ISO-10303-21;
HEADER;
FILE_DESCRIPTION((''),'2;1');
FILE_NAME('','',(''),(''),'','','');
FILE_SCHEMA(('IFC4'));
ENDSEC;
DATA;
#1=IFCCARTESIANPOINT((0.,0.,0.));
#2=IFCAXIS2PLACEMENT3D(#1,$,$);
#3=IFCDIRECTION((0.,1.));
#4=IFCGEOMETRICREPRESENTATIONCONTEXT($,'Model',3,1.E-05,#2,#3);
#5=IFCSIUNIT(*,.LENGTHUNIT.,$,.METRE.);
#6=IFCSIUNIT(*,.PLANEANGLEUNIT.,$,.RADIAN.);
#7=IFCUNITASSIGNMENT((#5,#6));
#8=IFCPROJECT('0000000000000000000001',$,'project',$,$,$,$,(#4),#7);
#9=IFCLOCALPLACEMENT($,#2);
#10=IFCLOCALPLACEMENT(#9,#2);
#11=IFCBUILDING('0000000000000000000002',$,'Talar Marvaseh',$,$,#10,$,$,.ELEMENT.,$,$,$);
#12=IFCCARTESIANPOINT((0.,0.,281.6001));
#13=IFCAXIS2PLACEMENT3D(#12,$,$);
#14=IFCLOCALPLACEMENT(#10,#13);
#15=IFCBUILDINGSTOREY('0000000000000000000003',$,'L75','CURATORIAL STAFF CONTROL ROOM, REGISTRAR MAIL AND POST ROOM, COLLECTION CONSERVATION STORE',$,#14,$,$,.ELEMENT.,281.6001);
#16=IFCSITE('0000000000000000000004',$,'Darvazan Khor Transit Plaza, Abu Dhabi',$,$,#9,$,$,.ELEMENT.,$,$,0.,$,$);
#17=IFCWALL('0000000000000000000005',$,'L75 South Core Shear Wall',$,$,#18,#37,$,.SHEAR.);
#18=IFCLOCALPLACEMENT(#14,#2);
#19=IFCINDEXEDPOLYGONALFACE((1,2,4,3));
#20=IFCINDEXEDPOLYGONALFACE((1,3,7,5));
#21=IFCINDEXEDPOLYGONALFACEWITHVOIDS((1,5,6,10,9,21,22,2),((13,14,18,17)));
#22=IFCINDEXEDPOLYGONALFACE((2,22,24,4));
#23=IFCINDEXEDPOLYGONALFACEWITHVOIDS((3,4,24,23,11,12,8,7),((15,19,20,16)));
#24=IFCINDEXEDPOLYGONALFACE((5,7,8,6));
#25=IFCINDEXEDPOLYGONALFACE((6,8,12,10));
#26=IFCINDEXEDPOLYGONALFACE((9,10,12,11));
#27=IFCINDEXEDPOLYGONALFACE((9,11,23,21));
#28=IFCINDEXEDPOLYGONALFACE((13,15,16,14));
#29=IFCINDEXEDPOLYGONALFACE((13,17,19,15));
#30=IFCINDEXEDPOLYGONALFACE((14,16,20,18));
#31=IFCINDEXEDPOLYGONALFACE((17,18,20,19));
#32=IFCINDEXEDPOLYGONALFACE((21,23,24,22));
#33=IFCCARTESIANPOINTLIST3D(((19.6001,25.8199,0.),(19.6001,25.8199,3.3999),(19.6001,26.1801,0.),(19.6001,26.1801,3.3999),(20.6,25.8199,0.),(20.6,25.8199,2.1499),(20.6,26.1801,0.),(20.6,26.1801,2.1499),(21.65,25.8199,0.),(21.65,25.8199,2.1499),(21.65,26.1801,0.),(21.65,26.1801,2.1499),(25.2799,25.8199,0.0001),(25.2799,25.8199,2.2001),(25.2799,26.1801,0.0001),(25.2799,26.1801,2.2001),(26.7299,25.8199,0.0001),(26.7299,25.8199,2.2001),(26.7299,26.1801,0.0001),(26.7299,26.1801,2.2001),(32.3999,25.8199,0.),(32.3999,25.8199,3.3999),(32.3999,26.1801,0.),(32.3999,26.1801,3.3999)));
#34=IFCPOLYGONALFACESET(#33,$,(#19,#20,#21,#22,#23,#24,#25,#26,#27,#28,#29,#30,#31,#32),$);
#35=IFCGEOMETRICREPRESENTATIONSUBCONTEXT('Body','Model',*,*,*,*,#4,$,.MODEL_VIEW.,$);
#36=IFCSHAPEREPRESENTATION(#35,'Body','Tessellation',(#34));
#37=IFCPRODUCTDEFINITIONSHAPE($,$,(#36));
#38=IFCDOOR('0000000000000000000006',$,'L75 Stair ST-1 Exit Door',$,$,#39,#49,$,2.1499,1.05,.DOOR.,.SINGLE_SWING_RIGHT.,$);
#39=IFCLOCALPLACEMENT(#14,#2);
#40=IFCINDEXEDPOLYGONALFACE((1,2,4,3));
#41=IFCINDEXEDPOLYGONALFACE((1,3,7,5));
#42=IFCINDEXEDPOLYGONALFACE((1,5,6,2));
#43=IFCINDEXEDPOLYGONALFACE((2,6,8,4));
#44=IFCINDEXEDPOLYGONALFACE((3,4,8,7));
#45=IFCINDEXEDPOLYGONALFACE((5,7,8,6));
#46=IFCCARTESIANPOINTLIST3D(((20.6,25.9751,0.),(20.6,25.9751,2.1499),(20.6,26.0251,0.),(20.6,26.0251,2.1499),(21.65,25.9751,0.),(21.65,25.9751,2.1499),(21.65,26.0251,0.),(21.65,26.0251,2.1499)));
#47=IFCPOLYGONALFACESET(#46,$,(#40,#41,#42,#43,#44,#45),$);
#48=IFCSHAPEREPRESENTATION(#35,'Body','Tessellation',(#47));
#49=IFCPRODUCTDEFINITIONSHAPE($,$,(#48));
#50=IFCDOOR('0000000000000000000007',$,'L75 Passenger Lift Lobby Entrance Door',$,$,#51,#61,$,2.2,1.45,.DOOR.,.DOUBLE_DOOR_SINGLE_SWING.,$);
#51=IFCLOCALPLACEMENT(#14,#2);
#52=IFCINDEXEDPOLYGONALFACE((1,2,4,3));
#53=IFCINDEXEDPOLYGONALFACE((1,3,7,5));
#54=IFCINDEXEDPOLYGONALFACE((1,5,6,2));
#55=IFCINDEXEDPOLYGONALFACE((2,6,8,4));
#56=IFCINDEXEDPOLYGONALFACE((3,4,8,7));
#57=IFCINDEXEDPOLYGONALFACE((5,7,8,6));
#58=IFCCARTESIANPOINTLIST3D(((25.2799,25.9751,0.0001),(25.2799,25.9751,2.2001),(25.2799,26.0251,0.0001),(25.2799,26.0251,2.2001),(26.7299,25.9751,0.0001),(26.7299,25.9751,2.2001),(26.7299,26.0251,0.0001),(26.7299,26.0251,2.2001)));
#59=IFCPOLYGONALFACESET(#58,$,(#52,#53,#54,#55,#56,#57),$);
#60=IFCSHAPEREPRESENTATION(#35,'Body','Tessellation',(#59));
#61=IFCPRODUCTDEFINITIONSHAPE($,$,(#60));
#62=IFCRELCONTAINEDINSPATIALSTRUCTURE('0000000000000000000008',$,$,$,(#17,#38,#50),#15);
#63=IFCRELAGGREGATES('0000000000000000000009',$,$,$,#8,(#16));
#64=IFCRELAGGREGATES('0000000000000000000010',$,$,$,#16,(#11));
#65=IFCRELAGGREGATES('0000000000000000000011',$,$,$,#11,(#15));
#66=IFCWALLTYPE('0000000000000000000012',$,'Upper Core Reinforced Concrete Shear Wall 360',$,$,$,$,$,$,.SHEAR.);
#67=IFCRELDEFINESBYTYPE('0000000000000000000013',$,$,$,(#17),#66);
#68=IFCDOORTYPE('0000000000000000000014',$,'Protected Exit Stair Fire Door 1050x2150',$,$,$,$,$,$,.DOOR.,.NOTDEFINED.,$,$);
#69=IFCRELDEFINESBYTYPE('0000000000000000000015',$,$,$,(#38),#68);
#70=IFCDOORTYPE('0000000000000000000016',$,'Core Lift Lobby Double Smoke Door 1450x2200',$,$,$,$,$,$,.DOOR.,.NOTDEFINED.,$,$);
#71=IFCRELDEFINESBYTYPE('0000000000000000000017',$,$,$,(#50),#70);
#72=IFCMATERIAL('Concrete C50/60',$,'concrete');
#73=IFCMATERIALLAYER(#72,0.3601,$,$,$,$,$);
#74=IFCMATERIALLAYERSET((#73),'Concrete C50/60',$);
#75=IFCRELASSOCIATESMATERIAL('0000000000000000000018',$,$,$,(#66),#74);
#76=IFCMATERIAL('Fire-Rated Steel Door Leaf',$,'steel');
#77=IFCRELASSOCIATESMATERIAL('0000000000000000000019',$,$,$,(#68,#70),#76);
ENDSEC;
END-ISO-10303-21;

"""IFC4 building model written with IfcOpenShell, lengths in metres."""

from ifc_helpers import new_model, si_unit, direction, frame, frame_2d, origin, place, context, subcontext, project, spatial, rectangle, extrude, source, transform, mapped, material, layer, layer_set, type_object, type_shapes, element, fill, save


model = new_model("IFC4")

# Units and contexts
model_context = context("Model", 3, precision=1e-05, world=origin(), true_north=direction((0.0, 1.0)))
body_context = subcontext(model_context, "Body", "Model", "MODEL_VIEW")
ifc_project = project(units=[si_unit("LENGTHUNIT", "METRE"), si_unit("PLANEANGLEUNIT", "RADIAN")], contexts=[model_context])

# Site, building, storey
site_placement = place(None, origin())
site = spatial("IfcSite", under=ifc_project, at=site_placement, Name="Darvazan Khor Transit Plaza, Abu Dhabi", CompositionType="ELEMENT", RefElevation=0.0)
building_placement = place(site_placement, origin())
building = spatial("IfcBuilding", under=site, at=building_placement, Name="Talar Marvaseh", CompositionType="ELEMENT")
storey_placement = place(building_placement, frame((0.0, 0.0, 281.6001)))
storey = spatial("IfcBuildingStorey", under=building, at=storey_placement, Name="L75", Description="CURATORIAL STAFF CONTROL ROOM, REGISTRAR MAIL AND POST ROOM, COLLECTION CONSERVATION STORE", CompositionType="ELEMENT", Elevation=281.6001)

# Shared definitions
ifc_material_1 = material(Name="Concrete C50/60", Category="concrete")

# Wall, openings, doors
ifc_layer_1 = layer(ifc_material_1, 0.3601)
ifc_layer_set_1 = layer_set([ifc_layer_1], Name="Concrete C50/60")
wall_type_1 = type_object("IfcWallType", Name="Upper Core Reinforced Concrete Shear Wall 360", PredefinedType="SHEAR", material=ifc_layer_set_1)
wall_1_placement = place(storey_placement, frame((32.3999, 26.0, 0.0), z_axis=(0.0, 0.0, 1.0), x_axis=(-1.0, 0.0, 0.0)))
wall_1 = element("IfcWall", 1, at=wall_1_placement, inside=storey, type_object=wall_type_1, Name="L75 South Core Shear Wall", PredefinedType="SHEAR", context=body_context, shape_type="SweptSolid", body=[
    extrude(rectangle(XDim=12.7998, YDim=0.3601, at=frame_2d((6.3999, 0.0))), origin(), (0.0, 0.0, 1.0), 3.3999),
])
opening_1_placement = place(wall_1_placement, frame((10.75, 0.0, 0.0)))
opening_1 = element("IfcOpeningElement", 2, at=opening_1_placement, cuts=wall_1, PredefinedType="OPENING", context=body_context, shape_type="SweptSolid", body=[
    extrude(rectangle(XDim=1.05, YDim=2.1499, at=frame_2d((0.5249, 1.075))), frame((0.0, 0.1899, 0.0), z_axis=(0.0, -1.0, 0.0), x_axis=(1.0, 0.0, 0.0)), (0.0, 0.0, 1.0), 0.3801),
])
opening_2_placement = place(wall_1_placement, frame((5.6699, 0.0, 0.0)))
opening_2 = element("IfcOpeningElement", 3, at=opening_2_placement, cuts=wall_1, PredefinedType="OPENING", context=body_context, shape_type="SweptSolid", body=[
    extrude(rectangle(XDim=1.45, YDim=2.2, at=frame_2d((0.7251, 1.1001))), frame((0.0, 0.1899, 0.0), z_axis=(0.0, -1.0, 0.0), x_axis=(1.0, 0.0, 0.0)), (0.0, 0.0, 1.0), 0.3801),
])
ifc_material_2 = material(Name="Fire-Rated Steel Door Leaf", Category="steel")
door_type_1 = type_object("IfcDoorType", Name="Protected Exit Stair Fire Door 1050x2150", OperationType="NOTDEFINED", PredefinedType="DOOR", material=ifc_material_2)
shared_shape_1 = source(origin(), body_context, "Body", "SweptSolid", [
    extrude(rectangle(XDim=1.05, YDim=2.1499, at=frame_2d((0.5249, 1.075))), frame((0.0, 0.0249, 0.0), z_axis=(0.0, -1.0, 0.0), x_axis=(1.0, 0.0, 0.0)), (0.0, 0.0, 1.0), 0.05),
])
type_shapes(door_type_1, [shared_shape_1])
door_1_placement = place(opening_1_placement, origin())
door_1 = element("IfcDoor", 4, at=door_1_placement, inside=storey, type_object=door_type_1, Name="L75 Stair ST-1 Exit Door", OperationType="SINGLE_SWING_RIGHT", OverallHeight=2.1499, OverallWidth=1.05, PredefinedType="DOOR", context=body_context, shape_type="MappedRepresentation", body=[
    mapped(shared_shape_1, transform((0.0, 0.0, 0.0), x_axis=(1.0, 0.0, 0.0), y_axis=(0.0, 1.0, 0.0), z_axis=(0.0, 0.0, 1.0), scale=1.0)),
])
fill(opening_1, door_1)
door_type_2 = type_object("IfcDoorType", Name="Core Lift Lobby Double Smoke Door 1450x2200", OperationType="NOTDEFINED", PredefinedType="DOOR", material=ifc_material_2)
shared_shape_2 = source(origin(), body_context, "Body", "SweptSolid", [
    extrude(rectangle(XDim=1.45, YDim=2.2, at=frame_2d((0.7251, 1.1001))), frame((0.0, 0.0249, 0.0), z_axis=(0.0, -1.0, 0.0), x_axis=(1.0, 0.0, 0.0)), (0.0, 0.0, 1.0), 0.05),
])
type_shapes(door_type_2, [shared_shape_2])
door_2_placement = place(opening_2_placement, origin())
door_2 = element("IfcDoor", 5, at=door_2_placement, inside=storey, type_object=door_type_2, Name="L75 Passenger Lift Lobby Entrance Door", OperationType="DOUBLE_DOOR_SINGLE_SWING", OverallHeight=2.2, OverallWidth=1.45, PredefinedType="DOOR", context=body_context, shape_type="MappedRepresentation", body=[
    mapped(shared_shape_2, transform((0.0, 0.0, 0.0), x_axis=(1.0, 0.0, 0.0), y_axis=(0.0, 1.0, 0.0), z_axis=(0.0, 0.0, 1.0), scale=1.0)),
])
fill(opening_2, door_2)

save(model, "model.ifc")
